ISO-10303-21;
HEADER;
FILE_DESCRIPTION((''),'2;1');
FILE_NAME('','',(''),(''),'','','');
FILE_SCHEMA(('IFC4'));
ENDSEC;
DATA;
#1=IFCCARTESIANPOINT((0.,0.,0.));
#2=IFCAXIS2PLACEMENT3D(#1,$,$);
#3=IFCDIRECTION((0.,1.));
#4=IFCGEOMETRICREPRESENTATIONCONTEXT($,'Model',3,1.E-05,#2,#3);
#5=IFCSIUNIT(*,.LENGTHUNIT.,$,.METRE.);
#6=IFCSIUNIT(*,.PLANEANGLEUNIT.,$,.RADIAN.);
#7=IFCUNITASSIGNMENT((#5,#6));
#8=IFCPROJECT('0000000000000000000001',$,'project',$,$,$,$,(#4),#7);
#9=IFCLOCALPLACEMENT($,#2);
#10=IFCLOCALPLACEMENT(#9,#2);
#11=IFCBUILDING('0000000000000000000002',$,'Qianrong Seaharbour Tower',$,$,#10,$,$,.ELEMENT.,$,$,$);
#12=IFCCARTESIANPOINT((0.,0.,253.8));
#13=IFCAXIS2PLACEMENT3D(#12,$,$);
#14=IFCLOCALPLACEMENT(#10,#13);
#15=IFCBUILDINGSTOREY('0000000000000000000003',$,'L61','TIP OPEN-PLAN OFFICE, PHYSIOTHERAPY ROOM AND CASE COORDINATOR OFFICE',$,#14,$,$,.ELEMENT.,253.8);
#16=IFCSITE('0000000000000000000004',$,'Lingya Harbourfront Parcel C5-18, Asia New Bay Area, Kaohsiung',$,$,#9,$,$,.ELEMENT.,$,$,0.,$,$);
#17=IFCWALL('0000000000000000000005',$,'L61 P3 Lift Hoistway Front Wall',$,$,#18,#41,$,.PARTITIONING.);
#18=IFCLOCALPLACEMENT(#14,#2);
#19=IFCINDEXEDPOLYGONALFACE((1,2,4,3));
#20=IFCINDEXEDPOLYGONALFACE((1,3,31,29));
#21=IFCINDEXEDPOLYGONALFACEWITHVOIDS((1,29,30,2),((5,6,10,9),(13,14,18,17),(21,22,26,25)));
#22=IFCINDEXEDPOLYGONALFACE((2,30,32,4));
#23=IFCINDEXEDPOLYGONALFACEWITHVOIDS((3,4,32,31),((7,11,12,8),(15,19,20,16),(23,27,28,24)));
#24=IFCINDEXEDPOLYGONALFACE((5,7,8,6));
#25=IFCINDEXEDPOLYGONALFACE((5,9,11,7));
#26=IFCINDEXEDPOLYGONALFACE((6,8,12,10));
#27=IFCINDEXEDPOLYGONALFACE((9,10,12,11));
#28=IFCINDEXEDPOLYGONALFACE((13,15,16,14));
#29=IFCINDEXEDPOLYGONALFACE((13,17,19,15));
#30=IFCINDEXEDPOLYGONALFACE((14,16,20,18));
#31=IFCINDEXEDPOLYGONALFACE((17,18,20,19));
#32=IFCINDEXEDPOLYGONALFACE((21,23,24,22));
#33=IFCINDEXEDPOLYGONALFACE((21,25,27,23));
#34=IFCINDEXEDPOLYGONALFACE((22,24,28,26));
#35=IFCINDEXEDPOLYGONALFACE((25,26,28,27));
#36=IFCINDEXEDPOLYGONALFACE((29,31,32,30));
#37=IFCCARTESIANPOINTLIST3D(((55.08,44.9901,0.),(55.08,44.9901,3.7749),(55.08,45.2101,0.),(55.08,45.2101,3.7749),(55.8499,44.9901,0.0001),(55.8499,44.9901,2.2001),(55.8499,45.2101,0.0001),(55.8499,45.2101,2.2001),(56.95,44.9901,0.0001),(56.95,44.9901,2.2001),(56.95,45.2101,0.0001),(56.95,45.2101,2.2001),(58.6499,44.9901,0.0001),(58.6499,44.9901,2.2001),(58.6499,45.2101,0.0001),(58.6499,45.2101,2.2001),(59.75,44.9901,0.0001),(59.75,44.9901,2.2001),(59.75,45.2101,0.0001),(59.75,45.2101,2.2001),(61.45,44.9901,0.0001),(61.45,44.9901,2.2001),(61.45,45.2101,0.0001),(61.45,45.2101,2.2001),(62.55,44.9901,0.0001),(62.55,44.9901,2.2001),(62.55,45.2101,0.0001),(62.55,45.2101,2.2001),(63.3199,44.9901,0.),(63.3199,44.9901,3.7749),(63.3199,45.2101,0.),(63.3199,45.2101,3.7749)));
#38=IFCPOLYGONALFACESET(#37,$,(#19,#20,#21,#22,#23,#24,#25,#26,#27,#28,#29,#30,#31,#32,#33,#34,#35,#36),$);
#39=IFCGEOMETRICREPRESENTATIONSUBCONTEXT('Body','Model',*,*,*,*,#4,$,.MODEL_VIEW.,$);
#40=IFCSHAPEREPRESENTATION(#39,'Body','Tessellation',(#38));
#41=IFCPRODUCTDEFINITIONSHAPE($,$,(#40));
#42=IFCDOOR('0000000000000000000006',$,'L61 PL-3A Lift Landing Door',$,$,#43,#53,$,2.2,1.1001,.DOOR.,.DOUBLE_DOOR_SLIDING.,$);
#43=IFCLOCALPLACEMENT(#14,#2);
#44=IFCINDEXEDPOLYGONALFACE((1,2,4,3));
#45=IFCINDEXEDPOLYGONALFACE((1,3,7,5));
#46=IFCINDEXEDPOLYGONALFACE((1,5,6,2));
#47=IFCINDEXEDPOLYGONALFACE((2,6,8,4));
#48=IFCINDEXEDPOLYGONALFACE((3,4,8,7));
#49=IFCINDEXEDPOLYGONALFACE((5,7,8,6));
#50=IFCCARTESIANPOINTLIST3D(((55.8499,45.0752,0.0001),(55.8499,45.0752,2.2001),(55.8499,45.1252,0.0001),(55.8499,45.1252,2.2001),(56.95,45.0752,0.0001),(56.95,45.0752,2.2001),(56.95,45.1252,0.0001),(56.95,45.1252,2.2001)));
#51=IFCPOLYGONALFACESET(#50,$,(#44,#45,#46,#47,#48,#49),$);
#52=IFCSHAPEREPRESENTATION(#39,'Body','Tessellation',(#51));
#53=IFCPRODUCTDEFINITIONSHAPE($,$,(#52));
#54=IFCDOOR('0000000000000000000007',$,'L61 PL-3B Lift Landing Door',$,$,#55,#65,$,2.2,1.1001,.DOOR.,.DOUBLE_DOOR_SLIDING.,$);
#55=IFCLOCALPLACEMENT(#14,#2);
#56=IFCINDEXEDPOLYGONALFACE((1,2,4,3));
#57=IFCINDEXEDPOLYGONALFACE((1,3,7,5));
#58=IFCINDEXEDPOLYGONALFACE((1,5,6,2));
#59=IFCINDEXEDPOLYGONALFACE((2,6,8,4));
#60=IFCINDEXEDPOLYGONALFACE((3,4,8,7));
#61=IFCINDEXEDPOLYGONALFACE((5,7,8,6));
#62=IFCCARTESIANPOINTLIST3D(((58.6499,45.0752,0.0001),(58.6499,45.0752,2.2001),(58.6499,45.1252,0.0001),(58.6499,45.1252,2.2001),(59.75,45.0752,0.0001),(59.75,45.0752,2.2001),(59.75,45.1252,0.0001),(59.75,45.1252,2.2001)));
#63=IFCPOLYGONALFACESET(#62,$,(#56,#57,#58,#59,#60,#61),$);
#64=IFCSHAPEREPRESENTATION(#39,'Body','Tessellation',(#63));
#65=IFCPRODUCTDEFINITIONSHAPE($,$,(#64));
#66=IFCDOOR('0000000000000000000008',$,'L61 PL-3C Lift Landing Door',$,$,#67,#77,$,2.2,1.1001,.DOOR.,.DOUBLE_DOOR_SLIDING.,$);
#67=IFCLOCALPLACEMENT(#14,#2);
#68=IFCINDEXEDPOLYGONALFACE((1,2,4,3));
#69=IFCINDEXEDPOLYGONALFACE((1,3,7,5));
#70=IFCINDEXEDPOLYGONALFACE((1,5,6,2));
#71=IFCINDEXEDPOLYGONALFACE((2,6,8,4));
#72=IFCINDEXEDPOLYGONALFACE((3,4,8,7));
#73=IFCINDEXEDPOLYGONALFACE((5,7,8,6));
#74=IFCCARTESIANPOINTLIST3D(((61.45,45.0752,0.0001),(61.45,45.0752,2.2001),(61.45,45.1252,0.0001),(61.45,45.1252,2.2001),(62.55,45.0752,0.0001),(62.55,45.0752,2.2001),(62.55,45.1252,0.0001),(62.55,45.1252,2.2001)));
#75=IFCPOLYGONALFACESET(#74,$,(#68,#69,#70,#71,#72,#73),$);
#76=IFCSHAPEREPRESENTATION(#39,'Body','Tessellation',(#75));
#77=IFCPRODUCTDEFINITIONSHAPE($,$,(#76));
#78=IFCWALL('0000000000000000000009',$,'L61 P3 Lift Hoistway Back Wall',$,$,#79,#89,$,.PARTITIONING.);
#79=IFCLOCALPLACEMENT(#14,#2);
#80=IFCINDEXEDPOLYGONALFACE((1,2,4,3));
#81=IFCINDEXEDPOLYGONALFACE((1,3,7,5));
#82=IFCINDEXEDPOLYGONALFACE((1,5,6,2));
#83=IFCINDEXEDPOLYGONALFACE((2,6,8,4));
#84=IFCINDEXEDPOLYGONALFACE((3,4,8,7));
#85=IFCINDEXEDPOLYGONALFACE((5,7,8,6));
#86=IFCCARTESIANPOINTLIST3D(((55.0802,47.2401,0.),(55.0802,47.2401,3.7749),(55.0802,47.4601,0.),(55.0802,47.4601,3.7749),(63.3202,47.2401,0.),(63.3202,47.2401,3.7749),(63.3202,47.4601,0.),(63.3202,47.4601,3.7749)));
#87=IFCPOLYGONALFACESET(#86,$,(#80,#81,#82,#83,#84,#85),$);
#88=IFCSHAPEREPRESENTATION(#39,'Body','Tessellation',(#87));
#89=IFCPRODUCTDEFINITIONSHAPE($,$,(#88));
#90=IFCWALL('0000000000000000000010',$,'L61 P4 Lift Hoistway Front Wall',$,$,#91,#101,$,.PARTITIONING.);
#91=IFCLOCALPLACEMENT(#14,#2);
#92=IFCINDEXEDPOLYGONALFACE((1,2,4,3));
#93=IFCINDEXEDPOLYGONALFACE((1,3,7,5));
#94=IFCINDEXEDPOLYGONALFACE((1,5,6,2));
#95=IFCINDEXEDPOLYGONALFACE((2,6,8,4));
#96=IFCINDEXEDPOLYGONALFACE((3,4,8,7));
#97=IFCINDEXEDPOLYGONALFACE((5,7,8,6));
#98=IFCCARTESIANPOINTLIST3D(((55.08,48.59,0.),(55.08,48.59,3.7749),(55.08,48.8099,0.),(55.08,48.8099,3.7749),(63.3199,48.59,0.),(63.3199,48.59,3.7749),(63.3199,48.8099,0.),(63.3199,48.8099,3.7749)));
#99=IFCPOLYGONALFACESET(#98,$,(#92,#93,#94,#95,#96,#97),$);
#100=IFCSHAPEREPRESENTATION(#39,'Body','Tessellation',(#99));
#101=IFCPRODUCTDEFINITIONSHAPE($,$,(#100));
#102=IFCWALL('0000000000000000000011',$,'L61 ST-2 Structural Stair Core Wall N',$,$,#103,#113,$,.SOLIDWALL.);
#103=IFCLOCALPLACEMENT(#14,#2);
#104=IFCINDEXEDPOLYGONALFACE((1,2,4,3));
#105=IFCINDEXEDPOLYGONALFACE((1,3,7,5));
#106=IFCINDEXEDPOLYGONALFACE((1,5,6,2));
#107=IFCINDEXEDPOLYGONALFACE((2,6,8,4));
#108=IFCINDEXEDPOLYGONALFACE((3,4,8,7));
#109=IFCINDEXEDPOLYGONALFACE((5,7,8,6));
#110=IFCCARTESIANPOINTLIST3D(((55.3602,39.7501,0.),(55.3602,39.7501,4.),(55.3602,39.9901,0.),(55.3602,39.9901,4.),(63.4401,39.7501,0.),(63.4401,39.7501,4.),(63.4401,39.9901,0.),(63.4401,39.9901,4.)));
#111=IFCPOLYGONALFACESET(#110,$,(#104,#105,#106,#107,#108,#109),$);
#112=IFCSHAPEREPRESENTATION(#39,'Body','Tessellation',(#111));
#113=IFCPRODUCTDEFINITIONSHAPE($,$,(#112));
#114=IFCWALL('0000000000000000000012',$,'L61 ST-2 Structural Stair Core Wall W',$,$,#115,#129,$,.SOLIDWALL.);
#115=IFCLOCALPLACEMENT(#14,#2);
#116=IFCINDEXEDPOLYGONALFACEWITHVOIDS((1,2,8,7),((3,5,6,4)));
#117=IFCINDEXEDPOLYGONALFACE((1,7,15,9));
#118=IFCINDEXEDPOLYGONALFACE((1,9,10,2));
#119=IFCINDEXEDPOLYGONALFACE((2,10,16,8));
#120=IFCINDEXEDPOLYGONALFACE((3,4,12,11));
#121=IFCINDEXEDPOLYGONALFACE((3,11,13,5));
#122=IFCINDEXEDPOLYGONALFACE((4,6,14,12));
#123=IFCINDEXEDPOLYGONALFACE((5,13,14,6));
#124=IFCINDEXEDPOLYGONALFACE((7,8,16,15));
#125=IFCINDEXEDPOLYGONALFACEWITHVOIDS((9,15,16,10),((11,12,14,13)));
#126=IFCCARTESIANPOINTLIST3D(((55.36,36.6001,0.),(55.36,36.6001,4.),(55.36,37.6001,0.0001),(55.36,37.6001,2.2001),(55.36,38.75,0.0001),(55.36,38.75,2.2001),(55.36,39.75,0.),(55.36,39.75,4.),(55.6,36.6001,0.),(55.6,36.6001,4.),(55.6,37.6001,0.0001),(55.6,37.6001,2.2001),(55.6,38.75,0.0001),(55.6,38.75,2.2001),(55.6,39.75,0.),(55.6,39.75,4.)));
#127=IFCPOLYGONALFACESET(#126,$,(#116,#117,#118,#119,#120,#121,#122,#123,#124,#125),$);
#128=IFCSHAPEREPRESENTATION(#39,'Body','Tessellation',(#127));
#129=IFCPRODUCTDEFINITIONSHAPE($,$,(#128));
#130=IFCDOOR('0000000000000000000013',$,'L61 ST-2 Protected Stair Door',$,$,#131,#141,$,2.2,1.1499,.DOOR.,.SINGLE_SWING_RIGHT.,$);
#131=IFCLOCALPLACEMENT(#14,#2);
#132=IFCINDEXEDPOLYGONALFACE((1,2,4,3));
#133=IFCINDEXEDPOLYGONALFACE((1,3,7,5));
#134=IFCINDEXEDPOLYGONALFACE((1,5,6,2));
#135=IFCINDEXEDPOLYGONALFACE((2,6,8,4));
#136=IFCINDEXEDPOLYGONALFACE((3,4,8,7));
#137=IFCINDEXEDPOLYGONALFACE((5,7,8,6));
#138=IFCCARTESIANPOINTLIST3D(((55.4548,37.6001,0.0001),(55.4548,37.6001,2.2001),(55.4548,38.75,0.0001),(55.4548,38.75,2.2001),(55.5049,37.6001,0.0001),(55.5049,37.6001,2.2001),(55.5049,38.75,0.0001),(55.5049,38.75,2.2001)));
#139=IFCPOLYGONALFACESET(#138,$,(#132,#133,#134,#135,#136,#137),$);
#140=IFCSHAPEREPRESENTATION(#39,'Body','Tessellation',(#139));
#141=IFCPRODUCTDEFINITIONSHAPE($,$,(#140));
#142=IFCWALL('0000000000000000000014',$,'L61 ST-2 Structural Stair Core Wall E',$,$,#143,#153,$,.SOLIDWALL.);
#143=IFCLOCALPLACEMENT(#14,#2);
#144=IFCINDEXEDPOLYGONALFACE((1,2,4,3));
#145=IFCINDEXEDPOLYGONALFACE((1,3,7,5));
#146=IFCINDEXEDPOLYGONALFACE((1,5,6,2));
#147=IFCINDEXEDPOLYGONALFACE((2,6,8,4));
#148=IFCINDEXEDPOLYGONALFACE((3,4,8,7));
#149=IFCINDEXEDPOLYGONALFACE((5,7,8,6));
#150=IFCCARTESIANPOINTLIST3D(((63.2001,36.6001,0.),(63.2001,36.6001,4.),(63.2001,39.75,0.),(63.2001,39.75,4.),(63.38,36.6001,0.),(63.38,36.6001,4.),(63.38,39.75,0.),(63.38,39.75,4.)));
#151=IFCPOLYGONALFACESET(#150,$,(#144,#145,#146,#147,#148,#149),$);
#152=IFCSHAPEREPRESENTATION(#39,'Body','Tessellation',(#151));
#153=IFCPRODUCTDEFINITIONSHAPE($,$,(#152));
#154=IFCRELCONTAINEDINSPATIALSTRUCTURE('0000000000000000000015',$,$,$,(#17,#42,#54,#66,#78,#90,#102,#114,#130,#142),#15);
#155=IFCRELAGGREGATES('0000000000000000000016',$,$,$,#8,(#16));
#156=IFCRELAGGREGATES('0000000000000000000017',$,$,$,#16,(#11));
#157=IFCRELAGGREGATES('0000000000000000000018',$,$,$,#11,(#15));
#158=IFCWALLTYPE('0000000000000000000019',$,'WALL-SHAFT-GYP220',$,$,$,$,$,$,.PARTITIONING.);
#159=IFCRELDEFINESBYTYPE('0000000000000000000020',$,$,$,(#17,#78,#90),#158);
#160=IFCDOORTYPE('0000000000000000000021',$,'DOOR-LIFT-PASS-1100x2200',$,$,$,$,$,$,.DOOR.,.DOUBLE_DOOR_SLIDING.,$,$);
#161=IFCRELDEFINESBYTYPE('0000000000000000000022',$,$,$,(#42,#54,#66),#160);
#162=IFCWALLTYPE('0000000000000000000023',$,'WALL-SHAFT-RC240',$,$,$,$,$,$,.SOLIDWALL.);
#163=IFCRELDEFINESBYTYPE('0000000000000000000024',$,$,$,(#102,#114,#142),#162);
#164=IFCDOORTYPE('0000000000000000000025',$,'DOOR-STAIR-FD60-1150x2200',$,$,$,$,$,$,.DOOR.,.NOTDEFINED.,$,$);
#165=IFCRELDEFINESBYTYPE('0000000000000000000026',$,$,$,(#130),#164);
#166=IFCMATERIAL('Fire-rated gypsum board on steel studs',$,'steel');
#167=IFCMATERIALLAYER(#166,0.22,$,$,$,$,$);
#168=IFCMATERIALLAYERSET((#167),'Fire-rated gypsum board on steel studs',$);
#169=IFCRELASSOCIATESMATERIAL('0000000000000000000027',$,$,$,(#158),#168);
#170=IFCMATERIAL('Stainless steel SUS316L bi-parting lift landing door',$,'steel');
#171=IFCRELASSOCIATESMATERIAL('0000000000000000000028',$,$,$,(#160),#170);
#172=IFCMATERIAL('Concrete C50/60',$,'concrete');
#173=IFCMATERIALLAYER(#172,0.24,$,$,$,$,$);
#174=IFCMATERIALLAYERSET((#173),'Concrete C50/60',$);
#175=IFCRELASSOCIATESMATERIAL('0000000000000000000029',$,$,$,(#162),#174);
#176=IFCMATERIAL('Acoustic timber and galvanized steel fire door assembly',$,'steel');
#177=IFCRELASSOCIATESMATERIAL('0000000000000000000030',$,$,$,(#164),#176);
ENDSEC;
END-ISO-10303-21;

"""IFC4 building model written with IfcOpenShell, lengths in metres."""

from ifc_helpers import new_model, si_unit, direction, frame, frame_2d, origin, place, context, subcontext, project, spatial, rectangle, extrude, material, layer, layer_set, type_object, element, fill, save


model = new_model("IFC4")

# Units and contexts
model_context = context("Model", 3, precision=1e-05, world=origin(), true_north=direction((0.0, 1.0)))
body_context = subcontext(model_context, "Body", "Model", "MODEL_VIEW")
ifc_project = project(units=[si_unit("LENGTHUNIT", "METRE"), si_unit("PLANEANGLEUNIT", "RADIAN")], contexts=[model_context])

# Site, building, storey
site_placement = place(None, origin())
site = spatial("IfcSite", under=ifc_project, at=site_placement, Name="Lingya Harbourfront Parcel C5-18, Asia New Bay Area, Kaohsiung", CompositionType="ELEMENT", RefElevation=0.0)
building_placement = place(site_placement, origin())
building = spatial("IfcBuilding", under=site, at=building_placement, Name="Qianrong Seaharbour Tower", CompositionType="ELEMENT")
storey_placement = place(building_placement, frame((0.0, 0.0, 253.8)))
storey = spatial("IfcBuildingStorey", under=building, at=storey_placement, Name="L61", Description="TIP OPEN-PLAN OFFICE, PHYSIOTHERAPY ROOM AND CASE COORDINATOR OFFICE", CompositionType="ELEMENT", Elevation=253.8)

# Shared definitions
ifc_material_1 = material(Name="Concrete C50/60", Category="concrete")

# Shared definitions
ifc_material_2 = material(Name="Acoustic timber and galvanized steel fire door assembly", Category="steel")

# Shared definitions
ifc_material_3 = material(Name="Fire-rated gypsum board on steel studs", Category="steel")

# Wall, openings, doors
ifc_layer_1 = layer(ifc_material_3, 0.22)
ifc_layer_set_1 = layer_set([ifc_layer_1], Name="Fire-rated gypsum board on steel studs")
wall_type_1 = type_object("IfcWallType", Name="WALL-SHAFT-GYP220", PredefinedType="PARTITIONING", material=ifc_layer_set_1)
wall_1_placement = place(storey_placement, frame((63.3201, 45.1001, 0.0), z_axis=(0.0, 0.0, 1.0), x_axis=(-1.0, 0.0, 0.0)))
wall_1 = element("IfcWall", 1, at=wall_1_placement, inside=storey, type_object=wall_type_1, Name="L61 P3 Lift Hoistway Front Wall", PredefinedType="PARTITIONING", context=body_context, shape_type="SweptSolid", body=[
    extrude(rectangle(XDim=8.24, YDim=0.22, at=frame_2d((4.1201, 0.0))), origin(), (0.0, 0.0, 1.0), 3.7749),
])
opening_1_placement = place(wall_1_placement, frame((6.3701, 0.0, 0.0)))
opening_1 = element("IfcOpeningElement", 2, at=opening_1_placement, cuts=wall_1, PredefinedType="OPENING", context=body_context, shape_type="SweptSolid", body=[
    extrude(rectangle(XDim=1.1001, YDim=2.2, at=frame_2d((0.55, 1.1001))), frame((0.0, 0.1201, 0.0), z_axis=(0.0, -1.0, 0.0), x_axis=(1.0, 0.0, 0.0)), (0.0, 0.0, 1.0), 0.24),
])
opening_2_placement = place(wall_1_placement, frame((3.5701, 0.0, 0.0)))
opening_2 = element("IfcOpeningElement", 3, at=opening_2_placement, cuts=wall_1, PredefinedType="OPENING", context=body_context, shape_type="SweptSolid", body=[
    extrude(rectangle(XDim=1.1001, YDim=2.2, at=frame_2d((0.55, 1.1001))), frame((0.0, 0.1201, 0.0), z_axis=(0.0, -1.0, 0.0), x_axis=(1.0, 0.0, 0.0)), (0.0, 0.0, 1.0), 0.24),
])
opening_3_placement = place(wall_1_placement, frame((0.77, 0.0, 0.0)))
opening_3 = element("IfcOpeningElement", 4, at=opening_3_placement, cuts=wall_1, PredefinedType="OPENING", context=body_context, shape_type="SweptSolid", body=[
    extrude(rectangle(XDim=1.1001, YDim=2.2, at=frame_2d((0.55, 1.1001))), frame((0.0, 0.1201, 0.0), z_axis=(0.0, -1.0, 0.0), x_axis=(1.0, 0.0, 0.0)), (0.0, 0.0, 1.0), 0.24),
])
ifc_material_4 = material(Name="Stainless steel SUS316L bi-parting lift landing door", Category="steel")
door_type_1 = type_object("IfcDoorType", Name="DOOR-LIFT-PASS-1100x2200", OperationType="DOUBLE_DOOR_SLIDING", PredefinedType="DOOR", material=ifc_material_4)
door_1_placement = place(opening_1_placement, origin())
door_1 = element("IfcDoor", 5, at=door_1_placement, inside=storey, type_object=door_type_1, Name="L61 PL-3A Lift Landing Door", OperationType="DOUBLE_DOOR_SLIDING", OverallHeight=2.2, OverallWidth=1.1001, PredefinedType="DOOR", context=body_context, shape_type="SweptSolid", body=[
    extrude(rectangle(XDim=1.1001, YDim=2.2, at=frame_2d((0.55, 1.1001))), frame((0.0, 0.0249, 0.0), z_axis=(0.0, -1.0, 0.0), x_axis=(1.0, 0.0, 0.0)), (0.0, 0.0, 1.0), 0.05),
])
fill(opening_1, door_1)
door_2_placement = place(opening_2_placement, origin())
door_2 = element("IfcDoor", 6, at=door_2_placement, inside=storey, type_object=door_type_1, Name="L61 PL-3B Lift Landing Door", OperationType="DOUBLE_DOOR_SLIDING", OverallHeight=2.2, OverallWidth=1.1001, PredefinedType="DOOR", context=body_context, shape_type="SweptSolid", body=[
    extrude(rectangle(XDim=1.1001, YDim=2.2, at=frame_2d((0.55, 1.1001))), frame((0.0, 0.0249, 0.0), z_axis=(0.0, -1.0, 0.0), x_axis=(1.0, 0.0, 0.0)), (0.0, 0.0, 1.0), 0.05),
])
fill(opening_2, door_2)
door_3_placement = place(opening_3_placement, origin())
door_3 = element("IfcDoor", 7, at=door_3_placement, inside=storey, type_object=door_type_1, Name="L61 PL-3C Lift Landing Door", OperationType="DOUBLE_DOOR_SLIDING", OverallHeight=2.2, OverallWidth=1.1001, PredefinedType="DOOR", context=body_context, shape_type="SweptSolid", body=[
    extrude(rectangle(XDim=1.1001, YDim=2.2, at=frame_2d((0.55, 1.1001))), frame((0.0, 0.0249, 0.0), z_axis=(0.0, -1.0, 0.0), x_axis=(1.0, 0.0, 0.0)), (0.0, 0.0, 1.0), 0.05),
])
fill(opening_3, door_3)

# Walls
for number, where, z_axis, x_axis, name in (
    (8, (55.0801, 47.3501, 0.0), (0.0, 0.0, 1.0), (1.0, 0.0, 0.0), "L61 P3 Lift Hoistway Back Wall"),
    (9, (63.3201, 48.7, 0.0), (0.0, 0.0, 1.0), (-1.0, 0.0, 0.0), "L61 P4 Lift Hoistway Front Wall"),
):
    element("IfcWall", number, at=place(storey_placement, frame(where, z_axis=z_axis, x_axis=x_axis)), inside=storey, type_object=wall_type_1, Name=name, PredefinedType="PARTITIONING", context=body_context, shape_type="SweptSolid", body=[
        extrude(rectangle(XDim=8.24, YDim=0.22, at=frame_2d((4.1201, 0.0))), origin(), (0.0, 0.0, 1.0), 3.7749),
    ])
ifc_layer_2 = layer(ifc_material_1, 0.24)
ifc_layer_set_2 = layer_set([ifc_layer_2], Name="Concrete C50/60")
wall_type_2 = type_object("IfcWallType", Name="WALL-SHAFT-RC240", PredefinedType="SOLIDWALL", material=ifc_layer_set_2)
wall_2_placement = place(storey_placement, frame((55.3601, 39.8701, 0.0), z_axis=(0.0, 0.0, 1.0), x_axis=(1.0, 0.0, 0.0)))
element("IfcWall", 10, at=wall_2_placement, inside=storey, type_object=wall_type_2, Name="L61 ST-2 Structural Stair Core Wall N", PredefinedType="SOLIDWALL", context=body_context, shape_type="SweptSolid", body=[
    extrude(rectangle(XDim=8.0798, YDim=0.24, at=frame_2d((4.04, 0.0))), origin(), (0.0, 0.0, 1.0), 4.0),
])

# Wall, opening, door
wall_3_placement = place(storey_placement, frame((55.48, 39.75, 0.0), z_axis=(0.0, 0.0, 1.0), x_axis=(0.0, -1.0, 0.0)))
wall_3 = element("IfcWall", 11, at=wall_3_placement, inside=storey, type_object=wall_type_2, Name="L61 ST-2 Structural Stair Core Wall W", PredefinedType="SOLIDWALL", context=body_context, shape_type="SweptSolid", body=[
    extrude(rectangle(XDim=3.1499, YDim=0.24, at=frame_2d((1.575, 0.0))), origin(), (0.0, 0.0, 1.0), 4.0),
])
opening_4_placement = place(wall_3_placement, frame((1.0, 0.0, 0.0)))
opening_4 = element("IfcOpeningElement", 12, at=opening_4_placement, cuts=wall_3, PredefinedType="OPENING", context=body_context, shape_type="SweptSolid", body=[
    extrude(rectangle(XDim=1.1499, YDim=2.2, at=frame_2d((0.575, 1.1001))), frame((0.0, 0.1299, 0.0), z_axis=(0.0, -1.0, 0.0), x_axis=(1.0, 0.0, 0.0)), (0.0, 0.0, 1.0), 0.26),
])
door_type_2 = type_object("IfcDoorType", Name="DOOR-STAIR-FD60-1150x2200", OperationType="NOTDEFINED", PredefinedType="DOOR", material=ifc_material_2)
door_4_placement = place(opening_4_placement, origin())
door_4 = element("IfcDoor", 13, at=door_4_placement, inside=storey, type_object=door_type_2, Name="L61 ST-2 Protected Stair Door", OperationType="SINGLE_SWING_RIGHT", OverallHeight=2.2, OverallWidth=1.1499, PredefinedType="DOOR", context=body_context, shape_type="SweptSolid", body=[
    extrude(rectangle(XDim=1.1499, YDim=2.2, at=frame_2d((0.575, 1.1001))), frame((0.0, 0.0249, 0.0), z_axis=(0.0, -1.0, 0.0), x_axis=(1.0, 0.0, 0.0)), (0.0, 0.0, 1.0), 0.05),
])
fill(opening_4, door_4)

# Wall
wall_4_placement = place(storey_placement, frame((63.29, 36.6001, 0.0), z_axis=(0.0, 0.0, 1.0), x_axis=(0.0, 1.0, 0.0)))
element("IfcWall", 14, at=wall_4_placement, inside=storey, type_object=wall_type_2, Name="L61 ST-2 Structural Stair Core Wall E", PredefinedType="SOLIDWALL", context=body_context, shape_type="SweptSolid", body=[
    extrude(rectangle(XDim=3.1499, YDim=0.1799, at=frame_2d((1.575, 0.0))), origin(), (0.0, 0.0, 1.0), 4.0),
])

save(model, "model.ifc")
